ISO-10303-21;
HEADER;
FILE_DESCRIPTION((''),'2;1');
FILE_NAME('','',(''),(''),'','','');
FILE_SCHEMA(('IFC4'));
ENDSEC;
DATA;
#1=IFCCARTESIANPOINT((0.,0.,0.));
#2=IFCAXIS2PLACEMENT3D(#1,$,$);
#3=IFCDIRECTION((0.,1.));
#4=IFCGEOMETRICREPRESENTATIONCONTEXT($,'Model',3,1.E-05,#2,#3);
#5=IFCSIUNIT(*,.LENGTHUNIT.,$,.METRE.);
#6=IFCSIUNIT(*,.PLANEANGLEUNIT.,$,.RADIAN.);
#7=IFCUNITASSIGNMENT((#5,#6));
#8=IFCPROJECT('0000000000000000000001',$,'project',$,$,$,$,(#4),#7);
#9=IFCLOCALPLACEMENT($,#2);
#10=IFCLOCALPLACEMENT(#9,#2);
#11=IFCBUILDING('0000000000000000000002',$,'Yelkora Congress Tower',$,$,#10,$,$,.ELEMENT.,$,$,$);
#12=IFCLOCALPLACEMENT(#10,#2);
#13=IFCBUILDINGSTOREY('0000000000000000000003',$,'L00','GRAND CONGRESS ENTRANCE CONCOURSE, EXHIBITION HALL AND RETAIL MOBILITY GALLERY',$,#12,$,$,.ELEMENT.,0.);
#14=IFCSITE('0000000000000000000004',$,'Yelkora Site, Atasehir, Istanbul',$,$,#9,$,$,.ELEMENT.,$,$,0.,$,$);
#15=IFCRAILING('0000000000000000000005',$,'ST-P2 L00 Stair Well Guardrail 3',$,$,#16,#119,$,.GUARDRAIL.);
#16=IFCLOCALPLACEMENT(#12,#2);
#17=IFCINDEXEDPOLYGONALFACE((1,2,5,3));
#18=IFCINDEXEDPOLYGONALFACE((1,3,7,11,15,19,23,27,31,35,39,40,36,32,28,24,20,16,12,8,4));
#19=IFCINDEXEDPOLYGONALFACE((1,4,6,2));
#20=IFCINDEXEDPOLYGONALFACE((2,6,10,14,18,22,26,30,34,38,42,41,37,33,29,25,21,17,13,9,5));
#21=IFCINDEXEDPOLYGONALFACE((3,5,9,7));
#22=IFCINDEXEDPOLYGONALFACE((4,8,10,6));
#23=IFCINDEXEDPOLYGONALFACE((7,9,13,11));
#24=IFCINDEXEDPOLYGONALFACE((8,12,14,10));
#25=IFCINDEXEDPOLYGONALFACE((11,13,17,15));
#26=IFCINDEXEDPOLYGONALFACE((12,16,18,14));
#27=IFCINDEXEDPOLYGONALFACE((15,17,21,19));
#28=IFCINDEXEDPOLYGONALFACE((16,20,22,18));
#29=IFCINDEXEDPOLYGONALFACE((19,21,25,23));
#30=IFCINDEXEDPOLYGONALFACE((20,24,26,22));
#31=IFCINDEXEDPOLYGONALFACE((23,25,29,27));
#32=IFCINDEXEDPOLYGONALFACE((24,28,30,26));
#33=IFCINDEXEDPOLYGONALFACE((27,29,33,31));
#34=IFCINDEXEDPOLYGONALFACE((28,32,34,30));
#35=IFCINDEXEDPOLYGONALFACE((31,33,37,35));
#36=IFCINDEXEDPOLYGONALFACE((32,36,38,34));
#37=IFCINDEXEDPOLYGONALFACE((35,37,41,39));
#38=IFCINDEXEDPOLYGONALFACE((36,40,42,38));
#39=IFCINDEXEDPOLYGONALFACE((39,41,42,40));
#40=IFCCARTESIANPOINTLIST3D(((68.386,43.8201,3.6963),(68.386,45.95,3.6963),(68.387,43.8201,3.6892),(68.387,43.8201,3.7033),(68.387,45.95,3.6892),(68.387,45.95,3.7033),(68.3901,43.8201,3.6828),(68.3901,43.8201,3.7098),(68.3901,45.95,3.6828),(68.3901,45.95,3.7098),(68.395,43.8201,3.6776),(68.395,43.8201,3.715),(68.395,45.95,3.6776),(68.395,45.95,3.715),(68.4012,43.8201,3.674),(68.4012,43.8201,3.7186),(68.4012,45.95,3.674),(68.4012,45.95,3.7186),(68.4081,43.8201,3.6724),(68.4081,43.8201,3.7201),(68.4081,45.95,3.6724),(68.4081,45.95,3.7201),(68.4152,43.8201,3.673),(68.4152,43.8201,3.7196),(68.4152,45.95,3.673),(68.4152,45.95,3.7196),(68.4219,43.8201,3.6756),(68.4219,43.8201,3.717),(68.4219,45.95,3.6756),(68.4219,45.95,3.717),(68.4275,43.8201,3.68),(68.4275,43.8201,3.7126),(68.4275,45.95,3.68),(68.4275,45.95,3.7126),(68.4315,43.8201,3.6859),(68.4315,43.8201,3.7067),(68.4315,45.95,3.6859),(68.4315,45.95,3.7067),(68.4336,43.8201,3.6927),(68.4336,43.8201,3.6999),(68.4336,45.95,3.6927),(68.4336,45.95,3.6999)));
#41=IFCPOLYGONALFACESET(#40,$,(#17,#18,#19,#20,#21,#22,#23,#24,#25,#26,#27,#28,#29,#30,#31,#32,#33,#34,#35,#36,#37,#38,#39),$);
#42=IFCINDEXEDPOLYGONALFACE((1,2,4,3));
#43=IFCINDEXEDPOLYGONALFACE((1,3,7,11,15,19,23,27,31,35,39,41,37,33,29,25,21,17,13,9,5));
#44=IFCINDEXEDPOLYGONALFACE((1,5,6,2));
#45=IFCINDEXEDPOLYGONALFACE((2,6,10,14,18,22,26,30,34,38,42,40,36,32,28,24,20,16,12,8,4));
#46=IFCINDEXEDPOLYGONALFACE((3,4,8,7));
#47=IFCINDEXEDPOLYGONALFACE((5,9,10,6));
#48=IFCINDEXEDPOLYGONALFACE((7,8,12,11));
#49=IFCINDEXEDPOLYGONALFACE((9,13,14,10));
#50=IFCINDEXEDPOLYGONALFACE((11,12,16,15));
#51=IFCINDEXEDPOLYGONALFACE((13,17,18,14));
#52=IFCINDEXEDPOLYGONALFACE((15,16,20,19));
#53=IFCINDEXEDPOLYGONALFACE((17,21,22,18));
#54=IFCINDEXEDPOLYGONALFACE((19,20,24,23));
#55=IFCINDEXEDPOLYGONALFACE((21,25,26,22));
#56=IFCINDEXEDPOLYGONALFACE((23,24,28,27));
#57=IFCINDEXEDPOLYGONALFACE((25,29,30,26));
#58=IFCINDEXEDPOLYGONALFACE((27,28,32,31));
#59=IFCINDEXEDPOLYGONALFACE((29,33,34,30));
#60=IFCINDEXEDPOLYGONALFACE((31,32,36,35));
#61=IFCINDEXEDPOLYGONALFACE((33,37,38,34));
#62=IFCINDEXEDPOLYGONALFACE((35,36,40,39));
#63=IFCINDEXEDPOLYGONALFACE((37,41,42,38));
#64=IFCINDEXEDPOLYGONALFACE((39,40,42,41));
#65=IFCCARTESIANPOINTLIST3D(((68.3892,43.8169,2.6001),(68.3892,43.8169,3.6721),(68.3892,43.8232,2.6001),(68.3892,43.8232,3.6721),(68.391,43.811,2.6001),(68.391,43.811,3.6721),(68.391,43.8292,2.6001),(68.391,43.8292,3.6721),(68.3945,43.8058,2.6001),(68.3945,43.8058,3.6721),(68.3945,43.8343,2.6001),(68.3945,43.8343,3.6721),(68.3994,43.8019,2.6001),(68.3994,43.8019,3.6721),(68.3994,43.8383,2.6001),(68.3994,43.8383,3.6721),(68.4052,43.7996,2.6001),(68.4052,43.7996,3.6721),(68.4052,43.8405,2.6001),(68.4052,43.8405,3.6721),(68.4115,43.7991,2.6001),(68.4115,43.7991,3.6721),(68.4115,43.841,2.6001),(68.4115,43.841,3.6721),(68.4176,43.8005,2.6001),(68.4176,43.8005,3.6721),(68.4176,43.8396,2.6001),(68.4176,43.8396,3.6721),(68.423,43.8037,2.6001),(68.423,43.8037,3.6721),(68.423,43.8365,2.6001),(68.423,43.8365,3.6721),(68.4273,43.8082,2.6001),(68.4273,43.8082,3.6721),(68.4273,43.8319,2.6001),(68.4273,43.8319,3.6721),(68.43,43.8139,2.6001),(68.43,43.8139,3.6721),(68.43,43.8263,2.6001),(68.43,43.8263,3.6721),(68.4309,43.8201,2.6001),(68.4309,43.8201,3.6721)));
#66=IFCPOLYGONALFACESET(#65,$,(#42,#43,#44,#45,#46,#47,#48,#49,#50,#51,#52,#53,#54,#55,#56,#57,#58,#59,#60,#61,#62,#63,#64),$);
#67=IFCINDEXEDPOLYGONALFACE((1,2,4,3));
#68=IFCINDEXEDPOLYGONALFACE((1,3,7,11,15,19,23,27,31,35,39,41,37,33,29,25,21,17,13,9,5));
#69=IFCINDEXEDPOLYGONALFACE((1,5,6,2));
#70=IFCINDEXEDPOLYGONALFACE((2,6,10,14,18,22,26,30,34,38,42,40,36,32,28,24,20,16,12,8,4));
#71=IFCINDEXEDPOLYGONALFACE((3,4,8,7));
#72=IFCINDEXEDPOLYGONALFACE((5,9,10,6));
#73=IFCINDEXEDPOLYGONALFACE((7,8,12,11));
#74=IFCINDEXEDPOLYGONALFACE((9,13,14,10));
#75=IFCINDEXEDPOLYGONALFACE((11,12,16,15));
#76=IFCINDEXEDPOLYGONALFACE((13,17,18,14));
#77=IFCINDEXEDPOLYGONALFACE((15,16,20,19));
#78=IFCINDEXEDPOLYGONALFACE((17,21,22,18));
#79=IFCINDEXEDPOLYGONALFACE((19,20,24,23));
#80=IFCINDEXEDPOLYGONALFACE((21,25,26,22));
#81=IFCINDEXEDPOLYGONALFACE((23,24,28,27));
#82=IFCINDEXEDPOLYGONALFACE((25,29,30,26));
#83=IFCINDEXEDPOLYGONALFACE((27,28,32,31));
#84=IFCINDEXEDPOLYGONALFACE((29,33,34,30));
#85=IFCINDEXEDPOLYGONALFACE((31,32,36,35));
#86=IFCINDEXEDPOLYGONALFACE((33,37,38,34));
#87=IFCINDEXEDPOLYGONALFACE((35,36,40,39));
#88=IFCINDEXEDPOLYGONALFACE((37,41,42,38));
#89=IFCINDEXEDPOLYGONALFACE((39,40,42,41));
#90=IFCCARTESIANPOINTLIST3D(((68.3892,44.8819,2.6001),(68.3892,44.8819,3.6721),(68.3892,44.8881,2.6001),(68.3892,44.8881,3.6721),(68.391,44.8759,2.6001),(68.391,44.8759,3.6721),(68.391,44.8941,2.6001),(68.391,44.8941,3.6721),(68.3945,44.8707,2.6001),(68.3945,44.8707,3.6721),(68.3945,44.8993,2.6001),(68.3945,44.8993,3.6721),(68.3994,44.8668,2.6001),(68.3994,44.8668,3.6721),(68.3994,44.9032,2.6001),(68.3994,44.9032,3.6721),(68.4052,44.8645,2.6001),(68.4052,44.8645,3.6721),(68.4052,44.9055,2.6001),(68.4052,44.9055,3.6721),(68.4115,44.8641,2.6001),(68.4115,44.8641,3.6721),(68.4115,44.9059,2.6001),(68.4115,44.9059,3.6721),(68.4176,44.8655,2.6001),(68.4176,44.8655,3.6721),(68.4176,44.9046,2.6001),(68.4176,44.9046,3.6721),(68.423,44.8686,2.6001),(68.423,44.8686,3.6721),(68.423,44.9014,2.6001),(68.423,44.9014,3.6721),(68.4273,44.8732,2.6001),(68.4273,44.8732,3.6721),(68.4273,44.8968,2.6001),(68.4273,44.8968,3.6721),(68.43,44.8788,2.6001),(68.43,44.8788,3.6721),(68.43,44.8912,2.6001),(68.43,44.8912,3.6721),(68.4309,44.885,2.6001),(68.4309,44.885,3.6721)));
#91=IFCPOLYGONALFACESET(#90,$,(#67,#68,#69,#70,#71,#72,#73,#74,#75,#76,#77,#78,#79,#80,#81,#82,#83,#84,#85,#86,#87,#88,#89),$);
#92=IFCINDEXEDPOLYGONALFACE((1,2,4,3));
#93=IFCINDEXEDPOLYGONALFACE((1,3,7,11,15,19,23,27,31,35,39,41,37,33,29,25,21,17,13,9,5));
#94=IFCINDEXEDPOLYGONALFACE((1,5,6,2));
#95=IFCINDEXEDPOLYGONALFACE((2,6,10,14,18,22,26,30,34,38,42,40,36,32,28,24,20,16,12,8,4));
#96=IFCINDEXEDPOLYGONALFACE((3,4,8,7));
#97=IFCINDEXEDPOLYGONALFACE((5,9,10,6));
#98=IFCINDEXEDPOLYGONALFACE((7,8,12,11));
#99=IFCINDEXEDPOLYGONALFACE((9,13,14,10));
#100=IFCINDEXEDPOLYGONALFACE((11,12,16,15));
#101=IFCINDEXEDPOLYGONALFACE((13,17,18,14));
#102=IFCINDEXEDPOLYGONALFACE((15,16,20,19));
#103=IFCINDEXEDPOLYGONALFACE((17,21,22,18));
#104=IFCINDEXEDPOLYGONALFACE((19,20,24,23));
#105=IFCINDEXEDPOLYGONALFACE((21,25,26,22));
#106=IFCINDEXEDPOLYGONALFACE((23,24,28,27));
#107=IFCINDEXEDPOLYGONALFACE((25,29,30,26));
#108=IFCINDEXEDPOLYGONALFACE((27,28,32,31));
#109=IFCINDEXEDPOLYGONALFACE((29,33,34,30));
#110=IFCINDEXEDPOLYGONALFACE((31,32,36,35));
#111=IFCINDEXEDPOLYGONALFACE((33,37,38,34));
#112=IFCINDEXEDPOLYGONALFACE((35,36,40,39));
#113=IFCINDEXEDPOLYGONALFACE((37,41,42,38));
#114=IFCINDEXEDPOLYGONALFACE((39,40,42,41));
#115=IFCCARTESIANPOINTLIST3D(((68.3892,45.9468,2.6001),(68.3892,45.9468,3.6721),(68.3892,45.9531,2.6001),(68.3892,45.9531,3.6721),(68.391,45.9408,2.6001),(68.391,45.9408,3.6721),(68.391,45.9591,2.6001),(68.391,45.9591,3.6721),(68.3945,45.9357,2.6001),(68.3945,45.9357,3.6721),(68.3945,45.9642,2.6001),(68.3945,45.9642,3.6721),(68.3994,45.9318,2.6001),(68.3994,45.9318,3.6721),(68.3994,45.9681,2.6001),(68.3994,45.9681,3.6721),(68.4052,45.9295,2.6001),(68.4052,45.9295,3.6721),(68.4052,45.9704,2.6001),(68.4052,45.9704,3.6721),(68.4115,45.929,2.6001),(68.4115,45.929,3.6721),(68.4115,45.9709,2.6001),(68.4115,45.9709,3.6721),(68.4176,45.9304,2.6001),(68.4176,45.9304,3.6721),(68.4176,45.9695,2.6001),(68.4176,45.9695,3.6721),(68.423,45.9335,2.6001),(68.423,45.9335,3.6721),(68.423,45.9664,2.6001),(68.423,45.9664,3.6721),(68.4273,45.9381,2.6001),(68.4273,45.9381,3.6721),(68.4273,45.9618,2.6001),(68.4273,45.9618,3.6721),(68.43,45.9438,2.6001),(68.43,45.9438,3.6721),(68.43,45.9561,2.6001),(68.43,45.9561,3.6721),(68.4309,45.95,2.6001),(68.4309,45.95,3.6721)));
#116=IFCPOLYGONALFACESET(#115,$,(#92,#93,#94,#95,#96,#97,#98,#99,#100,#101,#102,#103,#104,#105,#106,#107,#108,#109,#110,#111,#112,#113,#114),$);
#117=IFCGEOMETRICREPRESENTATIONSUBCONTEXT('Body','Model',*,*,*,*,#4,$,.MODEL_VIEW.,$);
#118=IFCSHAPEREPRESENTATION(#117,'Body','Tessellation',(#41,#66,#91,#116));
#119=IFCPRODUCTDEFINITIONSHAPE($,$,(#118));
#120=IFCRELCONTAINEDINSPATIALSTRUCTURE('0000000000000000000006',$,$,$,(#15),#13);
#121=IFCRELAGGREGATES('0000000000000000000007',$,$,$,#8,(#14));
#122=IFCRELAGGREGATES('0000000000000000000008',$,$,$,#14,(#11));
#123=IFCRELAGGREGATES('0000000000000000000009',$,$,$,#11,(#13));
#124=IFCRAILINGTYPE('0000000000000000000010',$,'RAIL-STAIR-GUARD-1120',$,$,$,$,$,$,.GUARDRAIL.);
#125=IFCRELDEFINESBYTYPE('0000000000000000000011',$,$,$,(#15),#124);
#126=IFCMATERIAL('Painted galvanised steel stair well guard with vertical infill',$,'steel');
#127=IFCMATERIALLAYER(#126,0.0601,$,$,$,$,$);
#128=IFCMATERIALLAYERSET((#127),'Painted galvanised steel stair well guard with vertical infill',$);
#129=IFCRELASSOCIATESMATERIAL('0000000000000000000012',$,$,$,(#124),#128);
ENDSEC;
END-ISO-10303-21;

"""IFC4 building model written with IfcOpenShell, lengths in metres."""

from ifc_helpers import new_model, si_unit, direction, frame, origin, origin_2d, place, context, subcontext, project, spatial, circle, extrude, material, layer, layer_set, type_object, element, save


model = new_model("IFC4")

# Units and contexts
model_context = context("Model", 3, precision=1e-05, world=origin(), true_north=direction((0.0, 1.0)))
body_context = subcontext(model_context, "Body", "Model", "MODEL_VIEW")
ifc_project = project(units=[si_unit("LENGTHUNIT", "METRE"), si_unit("PLANEANGLEUNIT", "RADIAN")], contexts=[model_context])

# Site, building, storey
site_placement = place(None, origin())
site = spatial("IfcSite", under=ifc_project, at=site_placement, Name="Yelkora Site, Atasehir, Istanbul", CompositionType="ELEMENT", RefElevation=0.0)
building_placement = place(site_placement, origin())
building = spatial("IfcBuilding", under=site, at=building_placement, Name="Yelkora Congress Tower", CompositionType="ELEMENT")
storey_placement = place(building_placement, origin())
storey = spatial("IfcBuildingStorey", under=building, at=storey_placement, Name="L00", Description="GRAND CONGRESS ENTRANCE CONCOURSE, EXHIBITION HALL AND RETAIL MOBILITY GALLERY", CompositionType="ELEMENT", Elevation=0.0)

# Railing
ifc_material_1 = material(Name="Painted galvanised steel stair well guard with vertical infill", Category="steel")
ifc_layer_1 = layer(ifc_material_1, 0.0601)
ifc_layer_set_1 = layer_set([ifc_layer_1], Name="Painted galvanised steel stair well guard with vertical infill")
railing_type_1 = type_object("IfcRailingType", Name="RAIL-STAIR-GUARD-1120", PredefinedType="GUARDRAIL", material=ifc_layer_set_1)
railing_1_placement = place(storey_placement, frame((68.4099, 43.8201, 2.6001)))
element("IfcRailing", 1, at=railing_1_placement, inside=storey, type_object=railing_type_1, Name="ST-P2 L00 Stair Well Guardrail 3", PredefinedType="GUARDRAIL", context=body_context, shape_type="SweptSolid", body=[
    extrude(circle(Radius=0.0239, at=origin_2d()), frame((0.0, 0.0, 1.0962), z_axis=(0.0, 1.0, 0.0), x_axis=(-1.0, 0.0, 0.0)), (0.0, 0.0, 1.0), 2.1299),
    extrude(circle(Radius=0.021, at=origin_2d()), origin(), (0.0, 0.0, 1.0), 1.072),
    extrude(circle(Radius=0.021, at=origin_2d()), frame((0.0, 1.0649, 0.0)), (0.0, 0.0, 1.0), 1.072),
    extrude(circle(Radius=0.021, at=origin_2d()), frame((0.0, 2.1299, 0.0)), (0.0, 0.0, 1.0), 1.072),
])

save(model, "model.ifc")
